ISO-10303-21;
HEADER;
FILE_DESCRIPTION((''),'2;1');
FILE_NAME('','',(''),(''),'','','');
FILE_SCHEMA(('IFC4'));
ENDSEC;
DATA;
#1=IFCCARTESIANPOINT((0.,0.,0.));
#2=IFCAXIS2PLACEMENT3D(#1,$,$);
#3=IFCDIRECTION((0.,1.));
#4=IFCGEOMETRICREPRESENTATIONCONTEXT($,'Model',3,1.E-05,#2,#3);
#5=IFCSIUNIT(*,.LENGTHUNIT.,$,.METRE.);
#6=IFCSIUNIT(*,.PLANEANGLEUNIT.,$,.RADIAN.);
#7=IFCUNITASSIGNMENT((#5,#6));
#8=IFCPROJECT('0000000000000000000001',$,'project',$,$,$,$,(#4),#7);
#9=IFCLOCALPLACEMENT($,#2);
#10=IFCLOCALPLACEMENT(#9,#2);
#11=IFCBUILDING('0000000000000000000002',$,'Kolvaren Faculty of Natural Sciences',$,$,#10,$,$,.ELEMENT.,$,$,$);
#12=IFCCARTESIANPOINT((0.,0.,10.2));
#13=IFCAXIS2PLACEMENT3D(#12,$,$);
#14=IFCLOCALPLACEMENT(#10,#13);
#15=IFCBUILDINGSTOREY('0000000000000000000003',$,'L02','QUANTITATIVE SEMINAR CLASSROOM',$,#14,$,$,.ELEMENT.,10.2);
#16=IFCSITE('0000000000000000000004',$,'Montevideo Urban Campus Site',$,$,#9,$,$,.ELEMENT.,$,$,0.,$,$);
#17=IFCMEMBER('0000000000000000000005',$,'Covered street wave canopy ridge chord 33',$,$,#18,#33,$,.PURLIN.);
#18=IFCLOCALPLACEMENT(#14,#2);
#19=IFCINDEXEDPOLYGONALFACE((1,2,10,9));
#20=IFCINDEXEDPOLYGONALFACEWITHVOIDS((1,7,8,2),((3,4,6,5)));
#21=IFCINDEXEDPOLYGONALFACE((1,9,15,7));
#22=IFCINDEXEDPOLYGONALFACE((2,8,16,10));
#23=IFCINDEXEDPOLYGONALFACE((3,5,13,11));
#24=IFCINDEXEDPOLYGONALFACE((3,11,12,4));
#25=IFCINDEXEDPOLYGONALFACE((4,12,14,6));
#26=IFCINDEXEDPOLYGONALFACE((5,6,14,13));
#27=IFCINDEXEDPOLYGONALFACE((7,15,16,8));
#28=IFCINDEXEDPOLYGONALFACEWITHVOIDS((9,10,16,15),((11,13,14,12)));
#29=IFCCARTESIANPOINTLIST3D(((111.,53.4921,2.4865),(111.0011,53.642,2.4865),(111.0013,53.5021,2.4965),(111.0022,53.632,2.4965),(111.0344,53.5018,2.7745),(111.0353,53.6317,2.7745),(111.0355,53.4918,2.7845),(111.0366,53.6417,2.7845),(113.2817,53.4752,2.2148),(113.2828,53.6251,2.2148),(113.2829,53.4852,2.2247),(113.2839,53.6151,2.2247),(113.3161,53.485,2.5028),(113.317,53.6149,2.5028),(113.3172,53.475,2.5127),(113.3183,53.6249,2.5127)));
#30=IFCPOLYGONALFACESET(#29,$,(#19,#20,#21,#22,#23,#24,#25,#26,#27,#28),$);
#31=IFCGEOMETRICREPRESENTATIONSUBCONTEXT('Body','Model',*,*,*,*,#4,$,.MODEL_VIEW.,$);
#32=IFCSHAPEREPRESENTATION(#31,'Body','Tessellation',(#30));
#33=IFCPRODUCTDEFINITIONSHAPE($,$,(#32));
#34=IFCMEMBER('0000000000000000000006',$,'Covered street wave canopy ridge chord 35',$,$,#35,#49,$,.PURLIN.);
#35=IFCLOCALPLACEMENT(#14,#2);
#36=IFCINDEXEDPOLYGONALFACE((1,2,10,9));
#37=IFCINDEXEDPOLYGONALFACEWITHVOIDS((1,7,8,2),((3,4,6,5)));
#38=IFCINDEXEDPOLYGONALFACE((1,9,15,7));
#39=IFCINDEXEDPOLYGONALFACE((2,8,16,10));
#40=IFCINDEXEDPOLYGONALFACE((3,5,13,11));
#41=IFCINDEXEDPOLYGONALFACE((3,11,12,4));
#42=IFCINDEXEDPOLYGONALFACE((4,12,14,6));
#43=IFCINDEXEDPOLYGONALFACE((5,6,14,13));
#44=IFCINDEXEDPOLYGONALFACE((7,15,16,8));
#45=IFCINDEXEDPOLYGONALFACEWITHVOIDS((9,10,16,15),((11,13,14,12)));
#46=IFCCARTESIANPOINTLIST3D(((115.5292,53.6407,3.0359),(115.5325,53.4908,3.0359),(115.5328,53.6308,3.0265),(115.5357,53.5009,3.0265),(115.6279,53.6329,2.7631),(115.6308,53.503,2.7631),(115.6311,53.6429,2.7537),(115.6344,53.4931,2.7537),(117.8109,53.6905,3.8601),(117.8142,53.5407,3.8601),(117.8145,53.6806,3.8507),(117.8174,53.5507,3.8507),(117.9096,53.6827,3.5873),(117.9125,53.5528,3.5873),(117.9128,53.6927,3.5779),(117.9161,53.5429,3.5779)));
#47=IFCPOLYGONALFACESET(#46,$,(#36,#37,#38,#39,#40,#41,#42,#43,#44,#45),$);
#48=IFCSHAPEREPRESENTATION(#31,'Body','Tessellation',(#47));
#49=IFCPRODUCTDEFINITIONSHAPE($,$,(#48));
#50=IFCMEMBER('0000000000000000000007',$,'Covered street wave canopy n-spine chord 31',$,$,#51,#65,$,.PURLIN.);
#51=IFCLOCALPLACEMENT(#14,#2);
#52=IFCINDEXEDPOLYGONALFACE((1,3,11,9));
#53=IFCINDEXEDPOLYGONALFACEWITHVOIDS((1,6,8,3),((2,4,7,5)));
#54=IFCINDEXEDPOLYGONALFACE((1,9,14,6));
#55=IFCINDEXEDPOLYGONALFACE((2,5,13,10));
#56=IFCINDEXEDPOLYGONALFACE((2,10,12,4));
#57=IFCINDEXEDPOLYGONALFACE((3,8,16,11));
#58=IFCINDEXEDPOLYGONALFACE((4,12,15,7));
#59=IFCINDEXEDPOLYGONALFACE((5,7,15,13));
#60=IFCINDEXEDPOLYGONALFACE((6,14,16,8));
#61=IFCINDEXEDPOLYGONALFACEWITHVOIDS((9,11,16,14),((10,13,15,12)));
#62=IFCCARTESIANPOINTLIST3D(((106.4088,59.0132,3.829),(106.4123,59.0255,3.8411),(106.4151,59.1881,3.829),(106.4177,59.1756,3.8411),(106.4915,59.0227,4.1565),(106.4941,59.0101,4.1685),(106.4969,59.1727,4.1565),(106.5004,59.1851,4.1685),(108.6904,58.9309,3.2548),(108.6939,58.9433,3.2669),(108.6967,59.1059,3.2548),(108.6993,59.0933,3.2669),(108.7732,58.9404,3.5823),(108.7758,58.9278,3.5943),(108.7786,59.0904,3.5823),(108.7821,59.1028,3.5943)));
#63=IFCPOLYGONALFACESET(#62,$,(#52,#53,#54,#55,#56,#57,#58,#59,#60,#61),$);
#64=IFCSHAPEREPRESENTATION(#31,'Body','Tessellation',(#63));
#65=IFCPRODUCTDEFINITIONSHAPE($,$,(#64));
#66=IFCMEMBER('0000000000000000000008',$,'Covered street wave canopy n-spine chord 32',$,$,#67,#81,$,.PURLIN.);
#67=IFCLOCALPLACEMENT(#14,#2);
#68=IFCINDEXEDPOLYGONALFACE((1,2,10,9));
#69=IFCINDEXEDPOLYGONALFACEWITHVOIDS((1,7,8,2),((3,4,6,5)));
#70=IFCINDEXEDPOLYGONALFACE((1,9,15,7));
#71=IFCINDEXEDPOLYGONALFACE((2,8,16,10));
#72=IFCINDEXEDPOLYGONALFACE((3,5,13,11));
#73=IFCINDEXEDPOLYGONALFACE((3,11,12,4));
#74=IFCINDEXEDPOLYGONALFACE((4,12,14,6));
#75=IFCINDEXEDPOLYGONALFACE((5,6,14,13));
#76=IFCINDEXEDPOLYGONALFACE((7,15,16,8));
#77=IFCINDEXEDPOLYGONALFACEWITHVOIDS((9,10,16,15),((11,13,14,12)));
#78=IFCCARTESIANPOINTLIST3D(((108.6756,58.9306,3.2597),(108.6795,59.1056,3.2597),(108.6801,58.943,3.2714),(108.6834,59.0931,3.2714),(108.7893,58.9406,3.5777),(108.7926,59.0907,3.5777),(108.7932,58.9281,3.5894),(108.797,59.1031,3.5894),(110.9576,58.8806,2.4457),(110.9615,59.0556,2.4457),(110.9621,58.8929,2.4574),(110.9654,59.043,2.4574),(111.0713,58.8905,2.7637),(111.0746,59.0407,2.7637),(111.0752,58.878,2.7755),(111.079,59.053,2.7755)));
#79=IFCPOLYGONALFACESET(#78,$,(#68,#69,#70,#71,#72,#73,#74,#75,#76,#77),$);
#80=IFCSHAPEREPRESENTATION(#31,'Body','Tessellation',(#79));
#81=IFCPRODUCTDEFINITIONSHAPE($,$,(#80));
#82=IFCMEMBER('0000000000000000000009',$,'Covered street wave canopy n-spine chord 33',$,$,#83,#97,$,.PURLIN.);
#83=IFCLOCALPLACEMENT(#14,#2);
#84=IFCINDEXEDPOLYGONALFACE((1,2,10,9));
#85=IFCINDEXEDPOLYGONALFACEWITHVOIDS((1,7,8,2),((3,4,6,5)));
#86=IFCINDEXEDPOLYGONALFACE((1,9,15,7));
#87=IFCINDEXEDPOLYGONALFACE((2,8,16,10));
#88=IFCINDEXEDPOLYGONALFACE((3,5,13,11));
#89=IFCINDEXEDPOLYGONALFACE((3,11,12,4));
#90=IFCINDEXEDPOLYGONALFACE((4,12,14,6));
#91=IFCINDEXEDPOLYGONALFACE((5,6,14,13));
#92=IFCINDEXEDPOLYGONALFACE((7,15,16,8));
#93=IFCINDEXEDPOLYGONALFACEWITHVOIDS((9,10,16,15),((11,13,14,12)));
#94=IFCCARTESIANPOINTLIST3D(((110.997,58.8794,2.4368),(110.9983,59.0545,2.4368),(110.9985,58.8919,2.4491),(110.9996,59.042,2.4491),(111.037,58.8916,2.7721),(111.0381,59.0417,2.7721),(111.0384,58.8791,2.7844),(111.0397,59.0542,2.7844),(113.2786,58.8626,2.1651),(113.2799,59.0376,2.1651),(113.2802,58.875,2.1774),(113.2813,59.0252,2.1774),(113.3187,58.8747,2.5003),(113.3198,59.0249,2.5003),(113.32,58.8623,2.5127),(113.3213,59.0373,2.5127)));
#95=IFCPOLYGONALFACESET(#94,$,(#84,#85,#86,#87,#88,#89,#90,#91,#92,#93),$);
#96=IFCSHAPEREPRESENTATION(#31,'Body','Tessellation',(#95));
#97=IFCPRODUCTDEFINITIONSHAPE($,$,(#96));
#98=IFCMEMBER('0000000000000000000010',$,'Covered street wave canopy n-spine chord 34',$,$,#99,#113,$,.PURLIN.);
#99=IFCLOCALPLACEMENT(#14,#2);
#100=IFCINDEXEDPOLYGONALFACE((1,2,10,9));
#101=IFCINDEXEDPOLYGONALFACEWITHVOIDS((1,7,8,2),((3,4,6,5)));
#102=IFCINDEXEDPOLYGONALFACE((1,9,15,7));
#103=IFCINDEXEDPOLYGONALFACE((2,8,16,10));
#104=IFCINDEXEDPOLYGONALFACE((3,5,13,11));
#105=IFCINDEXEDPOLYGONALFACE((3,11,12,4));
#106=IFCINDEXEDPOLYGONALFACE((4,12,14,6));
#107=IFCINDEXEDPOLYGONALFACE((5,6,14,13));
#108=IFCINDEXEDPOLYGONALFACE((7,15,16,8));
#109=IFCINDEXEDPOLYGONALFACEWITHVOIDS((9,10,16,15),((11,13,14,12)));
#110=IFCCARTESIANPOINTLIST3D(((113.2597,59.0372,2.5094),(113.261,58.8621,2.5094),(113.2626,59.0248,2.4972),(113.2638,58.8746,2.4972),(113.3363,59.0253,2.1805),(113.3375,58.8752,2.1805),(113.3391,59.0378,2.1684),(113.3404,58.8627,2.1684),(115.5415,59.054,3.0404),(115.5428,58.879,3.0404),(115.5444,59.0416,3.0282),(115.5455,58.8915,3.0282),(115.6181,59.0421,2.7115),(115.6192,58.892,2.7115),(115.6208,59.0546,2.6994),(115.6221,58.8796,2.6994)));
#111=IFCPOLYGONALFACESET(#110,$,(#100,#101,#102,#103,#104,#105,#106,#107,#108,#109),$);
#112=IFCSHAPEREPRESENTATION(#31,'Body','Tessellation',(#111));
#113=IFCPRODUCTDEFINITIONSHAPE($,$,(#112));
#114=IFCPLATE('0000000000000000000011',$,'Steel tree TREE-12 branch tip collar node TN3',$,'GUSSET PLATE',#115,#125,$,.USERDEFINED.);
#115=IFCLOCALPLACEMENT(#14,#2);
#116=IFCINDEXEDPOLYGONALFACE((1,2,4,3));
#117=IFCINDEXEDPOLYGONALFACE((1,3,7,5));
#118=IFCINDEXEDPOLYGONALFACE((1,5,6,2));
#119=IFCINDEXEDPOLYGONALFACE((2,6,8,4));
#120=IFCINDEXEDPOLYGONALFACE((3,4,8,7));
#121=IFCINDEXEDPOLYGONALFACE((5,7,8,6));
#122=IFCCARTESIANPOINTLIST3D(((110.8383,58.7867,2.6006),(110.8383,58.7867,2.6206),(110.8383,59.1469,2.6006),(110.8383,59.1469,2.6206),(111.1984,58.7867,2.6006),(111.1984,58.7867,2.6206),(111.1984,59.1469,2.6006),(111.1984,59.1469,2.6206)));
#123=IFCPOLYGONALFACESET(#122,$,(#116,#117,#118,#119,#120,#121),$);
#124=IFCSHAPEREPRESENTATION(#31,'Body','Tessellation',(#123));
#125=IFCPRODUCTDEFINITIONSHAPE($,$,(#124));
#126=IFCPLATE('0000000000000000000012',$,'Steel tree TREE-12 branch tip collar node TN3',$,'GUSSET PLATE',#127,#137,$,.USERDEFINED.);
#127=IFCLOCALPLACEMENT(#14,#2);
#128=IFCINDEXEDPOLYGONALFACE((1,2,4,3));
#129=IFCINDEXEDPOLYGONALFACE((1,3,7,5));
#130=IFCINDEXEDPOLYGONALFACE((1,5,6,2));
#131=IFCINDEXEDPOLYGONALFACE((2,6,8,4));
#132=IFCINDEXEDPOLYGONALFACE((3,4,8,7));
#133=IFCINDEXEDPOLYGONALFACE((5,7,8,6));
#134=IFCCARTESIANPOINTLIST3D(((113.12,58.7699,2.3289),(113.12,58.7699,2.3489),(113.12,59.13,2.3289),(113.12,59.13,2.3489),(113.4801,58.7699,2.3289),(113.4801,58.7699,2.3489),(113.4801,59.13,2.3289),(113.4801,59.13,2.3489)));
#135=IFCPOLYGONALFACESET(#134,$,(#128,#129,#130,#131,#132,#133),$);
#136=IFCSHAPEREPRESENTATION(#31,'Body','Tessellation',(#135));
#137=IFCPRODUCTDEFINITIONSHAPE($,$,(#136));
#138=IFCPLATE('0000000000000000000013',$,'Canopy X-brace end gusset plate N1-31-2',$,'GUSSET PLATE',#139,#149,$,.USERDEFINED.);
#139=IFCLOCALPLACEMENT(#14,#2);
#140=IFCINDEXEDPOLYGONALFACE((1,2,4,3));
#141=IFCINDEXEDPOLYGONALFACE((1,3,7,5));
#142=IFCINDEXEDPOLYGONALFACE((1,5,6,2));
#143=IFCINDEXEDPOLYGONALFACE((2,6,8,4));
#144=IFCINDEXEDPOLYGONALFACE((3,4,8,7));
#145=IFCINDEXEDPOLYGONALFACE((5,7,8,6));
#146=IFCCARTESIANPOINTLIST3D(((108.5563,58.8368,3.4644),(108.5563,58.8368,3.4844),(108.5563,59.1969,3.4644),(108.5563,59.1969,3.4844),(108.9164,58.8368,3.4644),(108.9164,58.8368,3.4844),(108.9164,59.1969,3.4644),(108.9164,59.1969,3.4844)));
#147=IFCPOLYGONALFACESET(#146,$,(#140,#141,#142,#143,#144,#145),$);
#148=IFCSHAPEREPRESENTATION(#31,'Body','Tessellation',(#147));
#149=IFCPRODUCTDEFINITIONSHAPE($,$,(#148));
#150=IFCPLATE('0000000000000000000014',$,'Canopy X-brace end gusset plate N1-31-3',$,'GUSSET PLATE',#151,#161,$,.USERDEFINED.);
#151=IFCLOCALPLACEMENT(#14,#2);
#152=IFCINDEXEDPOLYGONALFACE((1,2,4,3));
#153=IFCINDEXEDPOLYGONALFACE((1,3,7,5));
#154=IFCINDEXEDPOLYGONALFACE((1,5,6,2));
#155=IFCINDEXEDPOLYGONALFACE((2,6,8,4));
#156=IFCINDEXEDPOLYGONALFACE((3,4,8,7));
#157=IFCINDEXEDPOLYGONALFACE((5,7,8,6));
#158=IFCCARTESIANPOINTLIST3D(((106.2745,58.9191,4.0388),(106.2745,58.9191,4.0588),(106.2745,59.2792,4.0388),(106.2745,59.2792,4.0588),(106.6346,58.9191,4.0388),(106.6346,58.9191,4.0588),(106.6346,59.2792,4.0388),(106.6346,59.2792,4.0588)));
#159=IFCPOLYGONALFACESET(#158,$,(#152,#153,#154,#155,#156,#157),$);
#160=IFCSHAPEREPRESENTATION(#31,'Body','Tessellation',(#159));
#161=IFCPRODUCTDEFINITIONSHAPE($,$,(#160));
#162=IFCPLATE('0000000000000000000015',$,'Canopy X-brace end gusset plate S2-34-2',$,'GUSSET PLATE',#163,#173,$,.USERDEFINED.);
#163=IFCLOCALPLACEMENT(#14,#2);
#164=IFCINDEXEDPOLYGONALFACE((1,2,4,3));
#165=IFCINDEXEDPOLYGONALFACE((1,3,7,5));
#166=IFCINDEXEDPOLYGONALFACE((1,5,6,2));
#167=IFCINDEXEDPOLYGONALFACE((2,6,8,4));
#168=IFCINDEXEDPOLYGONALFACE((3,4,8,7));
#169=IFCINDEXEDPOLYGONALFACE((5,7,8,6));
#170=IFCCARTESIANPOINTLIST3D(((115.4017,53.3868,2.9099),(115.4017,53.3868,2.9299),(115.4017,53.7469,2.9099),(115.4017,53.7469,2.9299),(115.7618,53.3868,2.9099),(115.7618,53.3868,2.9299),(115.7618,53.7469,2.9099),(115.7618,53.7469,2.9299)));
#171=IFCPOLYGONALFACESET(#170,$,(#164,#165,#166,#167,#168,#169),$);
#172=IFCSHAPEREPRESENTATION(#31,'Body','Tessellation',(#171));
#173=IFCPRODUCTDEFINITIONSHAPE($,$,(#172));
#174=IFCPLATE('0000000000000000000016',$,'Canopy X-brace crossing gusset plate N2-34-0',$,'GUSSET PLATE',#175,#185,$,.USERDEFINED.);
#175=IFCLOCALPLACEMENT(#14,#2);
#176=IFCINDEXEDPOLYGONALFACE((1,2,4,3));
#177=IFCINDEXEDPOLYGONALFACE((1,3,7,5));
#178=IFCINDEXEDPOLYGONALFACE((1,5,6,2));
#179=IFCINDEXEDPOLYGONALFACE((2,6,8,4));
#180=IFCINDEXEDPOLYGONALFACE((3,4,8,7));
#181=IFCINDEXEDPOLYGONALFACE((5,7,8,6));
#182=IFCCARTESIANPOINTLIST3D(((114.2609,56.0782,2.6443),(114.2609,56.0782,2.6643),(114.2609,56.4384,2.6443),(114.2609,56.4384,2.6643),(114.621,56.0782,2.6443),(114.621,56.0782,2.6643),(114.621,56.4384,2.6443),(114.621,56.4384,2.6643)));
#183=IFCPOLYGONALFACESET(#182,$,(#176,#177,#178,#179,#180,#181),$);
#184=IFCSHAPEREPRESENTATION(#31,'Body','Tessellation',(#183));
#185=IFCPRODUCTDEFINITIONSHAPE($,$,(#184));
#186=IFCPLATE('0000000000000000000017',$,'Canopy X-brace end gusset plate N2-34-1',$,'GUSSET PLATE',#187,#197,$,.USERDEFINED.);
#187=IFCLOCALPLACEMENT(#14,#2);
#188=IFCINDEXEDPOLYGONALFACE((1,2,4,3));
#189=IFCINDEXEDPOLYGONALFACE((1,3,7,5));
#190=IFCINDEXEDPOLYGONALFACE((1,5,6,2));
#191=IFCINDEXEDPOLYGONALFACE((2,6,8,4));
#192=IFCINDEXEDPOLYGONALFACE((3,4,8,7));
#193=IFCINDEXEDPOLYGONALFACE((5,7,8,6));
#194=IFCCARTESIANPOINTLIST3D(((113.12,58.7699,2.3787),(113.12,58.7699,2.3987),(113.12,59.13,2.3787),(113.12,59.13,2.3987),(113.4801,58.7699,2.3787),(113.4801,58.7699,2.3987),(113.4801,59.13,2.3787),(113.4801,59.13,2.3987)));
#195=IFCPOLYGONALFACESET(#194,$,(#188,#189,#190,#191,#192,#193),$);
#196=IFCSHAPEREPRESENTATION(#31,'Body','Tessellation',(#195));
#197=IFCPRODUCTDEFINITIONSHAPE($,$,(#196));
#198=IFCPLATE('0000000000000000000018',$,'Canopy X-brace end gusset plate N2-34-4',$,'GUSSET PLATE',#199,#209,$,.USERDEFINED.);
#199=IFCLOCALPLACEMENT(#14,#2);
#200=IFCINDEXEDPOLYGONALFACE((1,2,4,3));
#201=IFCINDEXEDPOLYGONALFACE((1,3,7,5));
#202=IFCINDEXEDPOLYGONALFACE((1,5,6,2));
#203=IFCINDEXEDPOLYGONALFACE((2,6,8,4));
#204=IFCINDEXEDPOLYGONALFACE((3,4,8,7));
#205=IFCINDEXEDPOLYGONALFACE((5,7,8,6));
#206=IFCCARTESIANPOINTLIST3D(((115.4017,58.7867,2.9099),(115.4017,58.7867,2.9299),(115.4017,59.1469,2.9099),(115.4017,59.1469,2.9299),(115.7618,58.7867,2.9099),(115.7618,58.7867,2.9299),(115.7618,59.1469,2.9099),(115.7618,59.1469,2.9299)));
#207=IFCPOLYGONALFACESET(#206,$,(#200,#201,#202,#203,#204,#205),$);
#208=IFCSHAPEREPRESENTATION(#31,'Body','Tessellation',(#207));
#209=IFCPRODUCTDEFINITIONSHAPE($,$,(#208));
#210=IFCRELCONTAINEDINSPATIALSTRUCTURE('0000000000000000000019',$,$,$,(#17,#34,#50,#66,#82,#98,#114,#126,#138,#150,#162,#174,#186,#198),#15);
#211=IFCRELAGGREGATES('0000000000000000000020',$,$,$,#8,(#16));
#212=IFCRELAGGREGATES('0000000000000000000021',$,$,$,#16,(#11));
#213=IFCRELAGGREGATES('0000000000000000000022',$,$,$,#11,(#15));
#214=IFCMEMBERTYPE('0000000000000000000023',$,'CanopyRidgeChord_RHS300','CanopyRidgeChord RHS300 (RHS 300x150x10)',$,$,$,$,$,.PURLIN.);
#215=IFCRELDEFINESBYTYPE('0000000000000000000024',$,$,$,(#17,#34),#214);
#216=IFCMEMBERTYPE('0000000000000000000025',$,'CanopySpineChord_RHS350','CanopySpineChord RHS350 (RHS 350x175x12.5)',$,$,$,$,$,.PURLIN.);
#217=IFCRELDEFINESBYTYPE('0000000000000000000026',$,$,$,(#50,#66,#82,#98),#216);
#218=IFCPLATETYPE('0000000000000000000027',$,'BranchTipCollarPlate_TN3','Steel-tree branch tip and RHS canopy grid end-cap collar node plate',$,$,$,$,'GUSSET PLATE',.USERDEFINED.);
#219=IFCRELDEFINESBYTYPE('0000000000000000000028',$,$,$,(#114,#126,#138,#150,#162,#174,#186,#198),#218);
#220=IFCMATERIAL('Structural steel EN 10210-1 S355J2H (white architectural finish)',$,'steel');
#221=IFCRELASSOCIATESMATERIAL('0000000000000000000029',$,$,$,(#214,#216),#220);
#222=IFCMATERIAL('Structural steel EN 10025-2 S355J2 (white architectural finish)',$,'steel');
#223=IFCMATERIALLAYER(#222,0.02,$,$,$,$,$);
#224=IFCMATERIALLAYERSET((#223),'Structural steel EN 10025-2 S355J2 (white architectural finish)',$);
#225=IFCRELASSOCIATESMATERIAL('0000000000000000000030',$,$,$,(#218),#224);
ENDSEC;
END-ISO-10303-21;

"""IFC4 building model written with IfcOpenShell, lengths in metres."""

from ifc_helpers import new_model, si_unit, direction, frame, origin, origin_2d, place, context, subcontext, project, spatial, rectangle, hollow_rectangle, extrude, material, layer, layer_set, material_profile, profile_set, type_object, element, save


model = new_model("IFC4")

# Units and contexts
model_context = context("Model", 3, precision=1e-05, world=origin(), true_north=direction((0.0, 1.0)))
body_context = subcontext(model_context, "Body", "Model", "MODEL_VIEW")
ifc_project = project(units=[si_unit("LENGTHUNIT", "METRE"), si_unit("PLANEANGLEUNIT", "RADIAN")], contexts=[model_context])

# Site, building, storey
site_placement = place(None, origin())
site = spatial("IfcSite", under=ifc_project, at=site_placement, Name="Montevideo Urban Campus Site", CompositionType="ELEMENT", RefElevation=0.0)
building_placement = place(site_placement, origin())
building = spatial("IfcBuilding", under=site, at=building_placement, Name="Kolvaren Faculty of Natural Sciences", CompositionType="ELEMENT")
storey_placement = place(building_placement, frame((0.0, 0.0, 10.2)))
storey = spatial("IfcBuildingStorey", under=building, at=storey_placement, Name="L02", Description="QUANTITATIVE SEMINAR CLASSROOM", CompositionType="ELEMENT", Elevation=10.2)

# Members
ifc_material_1 = material(Name="Structural steel EN 10210-1 S355J2H (white architectural finish)", Category="steel")
ifc_material_profile_1 = material_profile(ifc_material_1, hollow_rectangle(XDim=0.1499, YDim=0.3, WallThickness=0.01, at=origin_2d()), Name="RHS 300x150x10")
ifc_profile_set_1 = profile_set([ifc_material_profile_1], Name="Structural steel EN 10210-1 S355J2H (white architectural finish)")
member_type_1 = type_object("IfcMemberType", Name="CanopyRidgeChord_RHS300", Description="CanopyRidgeChord RHS300 (RHS 300x150x10)", PredefinedType="PURLIN", material=ifc_profile_set_1)
member_1_placement = place(storey_placement, frame((111.0183, 53.5669, 2.6355), z_axis=(0.992957, -0.007331, -0.11825), x_axis=(0.007383, 0.999973, 0.0)))
element("IfcMember", 1, at=member_1_placement, inside=storey, type_object=member_type_1, Name="Covered street wave canopy ridge chord 33", PredefinedType="PURLIN", context=body_context, shape_type="SweptSolid", body=[
    extrude(hollow_rectangle(XDim=0.1499, YDim=0.3, WallThickness=0.01, at=origin_2d()), origin(), (0.0, 0.0, 1.0), 2.2979),
])
member_2_placement = place(storey_placement, frame((115.5818, 53.5669, 2.8948), z_axis=(0.940322, 0.020525, 0.339667), x_axis=(-0.021822, 0.999762, 0.0)))
element("IfcMember", 2, at=member_2_placement, inside=storey, type_object=member_type_1, Name="Covered street wave canopy ridge chord 35", PredefinedType="PURLIN", context=body_context, shape_type="SweptSolid", body=[
    extrude(hollow_rectangle(XDim=0.1499, YDim=0.3, WallThickness=0.01, at=origin_2d()), origin(), (0.0, 0.0, 1.0), 2.4265),
])
ifc_material_profile_2 = material_profile(ifc_material_1, hollow_rectangle(XDim=0.175, YDim=0.3501, WallThickness=0.0125, at=origin_2d()), Name="RHS 350x175x12.5")
ifc_profile_set_2 = profile_set([ifc_material_profile_2], Name="Structural steel EN 10210-1 S355J2H (white architectural finish)")
member_type_2 = type_object("IfcMemberType", Name="CanopySpineChord_RHS350", Description="CanopySpineChord RHS350 (RHS 350x175x12.5)", PredefinedType="PURLIN", material=ifc_profile_set_2)
member_3_placement = place(storey_placement, frame((106.4546, 59.0991, 3.9988), z_axis=(0.969171, -0.034947, -0.2439), x_axis=(0.036035, 0.999351, 0.0)))
element("IfcMember", 3, at=member_3_placement, inside=storey, type_object=member_type_2, Name="Covered street wave canopy n-spine chord 31", PredefinedType="PURLIN", context=body_context, shape_type="SweptSolid", body=[
    extrude(hollow_rectangle(XDim=0.175, YDim=0.3501, WallThickness=0.0125, at=origin_2d()), origin(), (0.0, 0.0, 1.0), 2.3542),
])
member_4_placement = place(storey_placement, frame((108.7363, 59.0168, 3.4246), z_axis=(0.941675, -0.020653, -0.335888), x_axis=(0.021927, 0.99976, 0.0)))
element("IfcMember", 4, at=member_4_placement, inside=storey, type_object=member_type_2, Name="Covered street wave canopy n-spine chord 32", PredefinedType="PURLIN", context=body_context, shape_type="SweptSolid", body=[
    extrude(hollow_rectangle(XDim=0.175, YDim=0.3501, WallThickness=0.0125, at=origin_2d()), origin(), (0.0, 0.0, 1.0), 2.4233),
])
member_5_placement = place(storey_placement, frame((111.0183, 58.9668, 2.6106), z_axis=(0.992957, -0.007331, -0.11825), x_axis=(0.007383, 0.999973, 0.0)))
element("IfcMember", 5, at=member_5_placement, inside=storey, type_object=member_type_2, Name="Covered street wave canopy n-spine chord 33", PredefinedType="PURLIN", context=body_context, shape_type="SweptSolid", body=[
    extrude(hollow_rectangle(XDim=0.175, YDim=0.3501, WallThickness=0.0125, at=origin_2d()), origin(), (0.0, 0.0, 1.0), 2.2979),
])
member_6_placement = place(storey_placement, frame((113.3, 58.95, 2.3389), z_axis=(0.973948, 0.007191, 0.226657), x_axis=(-0.007383, 0.999973, 0.0)))
element("IfcMember", 6, at=member_6_placement, inside=storey, type_object=member_type_2, Name="Covered street wave canopy n-spine chord 34", PredefinedType="PURLIN", context=body_context, shape_type="SweptSolid", body=[
    extrude(hollow_rectangle(XDim=0.175, YDim=0.3501, WallThickness=0.0125, at=origin_2d()), origin(), (0.0, 0.0, 1.0), 2.3428),
])

# Plates
ifc_material_2 = material(Name="Structural steel EN 10025-2 S355J2 (white architectural finish)", Category="steel")
ifc_layer_1 = layer(ifc_material_2, 0.02)
ifc_layer_set_1 = layer_set([ifc_layer_1], Name="Structural steel EN 10025-2 S355J2 (white architectural finish)")
plate_type_1 = type_object("IfcPlateType", Name="BranchTipCollarPlate_TN3", Description="Steel-tree branch tip and RHS canopy grid end-cap collar node plate", ElementType="GUSSET PLATE", PredefinedType="USERDEFINED", material=ifc_layer_set_1)
for number, where, z_axis, x_axis, name in (
    (7, (111.0183, 58.9668, 2.6006), (0.0, 0.0, 1.0), (1.0, 0.0, 0.0), "Steel tree TREE-12 branch tip collar node TN3"),
    (8, (113.3, 58.95, 2.3289), (0.0, 0.0, 1.0), (1.0, 0.0, 0.0), "Steel tree TREE-12 branch tip collar node TN3"),
    (9, (108.7363, 59.0168, 3.4644), (0.0, 0.0, 1.0), (1.0, 0.0, 0.0), "Canopy X-brace end gusset plate N1-31-2"),
    (10, (106.4546, 59.0991, 4.0388), (0.0, 0.0, 1.0), (1.0, 0.0, 0.0), "Canopy X-brace end gusset plate N1-31-3"),
    (11, (115.5818, 53.5669, 2.9099), (0.0, 0.0, 1.0), (1.0, 0.0, 0.0), "Canopy X-brace end gusset plate S2-34-2"),
    (12, (114.4409, 56.2583, 2.6443), (0.0, 0.0, 1.0), (1.0, 0.0, 0.0), "Canopy X-brace crossing gusset plate N2-34-0"),
    (13, (113.3, 58.95, 2.3787), (0.0, 0.0, 1.0), (1.0, 0.0, 0.0), "Canopy X-brace end gusset plate N2-34-1"),
    (14, (115.5818, 58.9668, 2.9099), (0.0, 0.0, 1.0), (1.0, 0.0, 0.0), "Canopy X-brace end gusset plate N2-34-4"),
):
    element("IfcPlate", number, at=place(storey_placement, frame(where, z_axis=z_axis, x_axis=x_axis)), inside=storey, type_object=plate_type_1, Name=name, ObjectType="GUSSET PLATE", PredefinedType="USERDEFINED", context=body_context, shape_type="SweptSolid", body=[
        extrude(rectangle(XDim=0.3601, YDim=0.3601, at=origin_2d()), origin(), (0.0, 0.0, 1.0), 0.02),
    ])

save(model, "model.ifc")
